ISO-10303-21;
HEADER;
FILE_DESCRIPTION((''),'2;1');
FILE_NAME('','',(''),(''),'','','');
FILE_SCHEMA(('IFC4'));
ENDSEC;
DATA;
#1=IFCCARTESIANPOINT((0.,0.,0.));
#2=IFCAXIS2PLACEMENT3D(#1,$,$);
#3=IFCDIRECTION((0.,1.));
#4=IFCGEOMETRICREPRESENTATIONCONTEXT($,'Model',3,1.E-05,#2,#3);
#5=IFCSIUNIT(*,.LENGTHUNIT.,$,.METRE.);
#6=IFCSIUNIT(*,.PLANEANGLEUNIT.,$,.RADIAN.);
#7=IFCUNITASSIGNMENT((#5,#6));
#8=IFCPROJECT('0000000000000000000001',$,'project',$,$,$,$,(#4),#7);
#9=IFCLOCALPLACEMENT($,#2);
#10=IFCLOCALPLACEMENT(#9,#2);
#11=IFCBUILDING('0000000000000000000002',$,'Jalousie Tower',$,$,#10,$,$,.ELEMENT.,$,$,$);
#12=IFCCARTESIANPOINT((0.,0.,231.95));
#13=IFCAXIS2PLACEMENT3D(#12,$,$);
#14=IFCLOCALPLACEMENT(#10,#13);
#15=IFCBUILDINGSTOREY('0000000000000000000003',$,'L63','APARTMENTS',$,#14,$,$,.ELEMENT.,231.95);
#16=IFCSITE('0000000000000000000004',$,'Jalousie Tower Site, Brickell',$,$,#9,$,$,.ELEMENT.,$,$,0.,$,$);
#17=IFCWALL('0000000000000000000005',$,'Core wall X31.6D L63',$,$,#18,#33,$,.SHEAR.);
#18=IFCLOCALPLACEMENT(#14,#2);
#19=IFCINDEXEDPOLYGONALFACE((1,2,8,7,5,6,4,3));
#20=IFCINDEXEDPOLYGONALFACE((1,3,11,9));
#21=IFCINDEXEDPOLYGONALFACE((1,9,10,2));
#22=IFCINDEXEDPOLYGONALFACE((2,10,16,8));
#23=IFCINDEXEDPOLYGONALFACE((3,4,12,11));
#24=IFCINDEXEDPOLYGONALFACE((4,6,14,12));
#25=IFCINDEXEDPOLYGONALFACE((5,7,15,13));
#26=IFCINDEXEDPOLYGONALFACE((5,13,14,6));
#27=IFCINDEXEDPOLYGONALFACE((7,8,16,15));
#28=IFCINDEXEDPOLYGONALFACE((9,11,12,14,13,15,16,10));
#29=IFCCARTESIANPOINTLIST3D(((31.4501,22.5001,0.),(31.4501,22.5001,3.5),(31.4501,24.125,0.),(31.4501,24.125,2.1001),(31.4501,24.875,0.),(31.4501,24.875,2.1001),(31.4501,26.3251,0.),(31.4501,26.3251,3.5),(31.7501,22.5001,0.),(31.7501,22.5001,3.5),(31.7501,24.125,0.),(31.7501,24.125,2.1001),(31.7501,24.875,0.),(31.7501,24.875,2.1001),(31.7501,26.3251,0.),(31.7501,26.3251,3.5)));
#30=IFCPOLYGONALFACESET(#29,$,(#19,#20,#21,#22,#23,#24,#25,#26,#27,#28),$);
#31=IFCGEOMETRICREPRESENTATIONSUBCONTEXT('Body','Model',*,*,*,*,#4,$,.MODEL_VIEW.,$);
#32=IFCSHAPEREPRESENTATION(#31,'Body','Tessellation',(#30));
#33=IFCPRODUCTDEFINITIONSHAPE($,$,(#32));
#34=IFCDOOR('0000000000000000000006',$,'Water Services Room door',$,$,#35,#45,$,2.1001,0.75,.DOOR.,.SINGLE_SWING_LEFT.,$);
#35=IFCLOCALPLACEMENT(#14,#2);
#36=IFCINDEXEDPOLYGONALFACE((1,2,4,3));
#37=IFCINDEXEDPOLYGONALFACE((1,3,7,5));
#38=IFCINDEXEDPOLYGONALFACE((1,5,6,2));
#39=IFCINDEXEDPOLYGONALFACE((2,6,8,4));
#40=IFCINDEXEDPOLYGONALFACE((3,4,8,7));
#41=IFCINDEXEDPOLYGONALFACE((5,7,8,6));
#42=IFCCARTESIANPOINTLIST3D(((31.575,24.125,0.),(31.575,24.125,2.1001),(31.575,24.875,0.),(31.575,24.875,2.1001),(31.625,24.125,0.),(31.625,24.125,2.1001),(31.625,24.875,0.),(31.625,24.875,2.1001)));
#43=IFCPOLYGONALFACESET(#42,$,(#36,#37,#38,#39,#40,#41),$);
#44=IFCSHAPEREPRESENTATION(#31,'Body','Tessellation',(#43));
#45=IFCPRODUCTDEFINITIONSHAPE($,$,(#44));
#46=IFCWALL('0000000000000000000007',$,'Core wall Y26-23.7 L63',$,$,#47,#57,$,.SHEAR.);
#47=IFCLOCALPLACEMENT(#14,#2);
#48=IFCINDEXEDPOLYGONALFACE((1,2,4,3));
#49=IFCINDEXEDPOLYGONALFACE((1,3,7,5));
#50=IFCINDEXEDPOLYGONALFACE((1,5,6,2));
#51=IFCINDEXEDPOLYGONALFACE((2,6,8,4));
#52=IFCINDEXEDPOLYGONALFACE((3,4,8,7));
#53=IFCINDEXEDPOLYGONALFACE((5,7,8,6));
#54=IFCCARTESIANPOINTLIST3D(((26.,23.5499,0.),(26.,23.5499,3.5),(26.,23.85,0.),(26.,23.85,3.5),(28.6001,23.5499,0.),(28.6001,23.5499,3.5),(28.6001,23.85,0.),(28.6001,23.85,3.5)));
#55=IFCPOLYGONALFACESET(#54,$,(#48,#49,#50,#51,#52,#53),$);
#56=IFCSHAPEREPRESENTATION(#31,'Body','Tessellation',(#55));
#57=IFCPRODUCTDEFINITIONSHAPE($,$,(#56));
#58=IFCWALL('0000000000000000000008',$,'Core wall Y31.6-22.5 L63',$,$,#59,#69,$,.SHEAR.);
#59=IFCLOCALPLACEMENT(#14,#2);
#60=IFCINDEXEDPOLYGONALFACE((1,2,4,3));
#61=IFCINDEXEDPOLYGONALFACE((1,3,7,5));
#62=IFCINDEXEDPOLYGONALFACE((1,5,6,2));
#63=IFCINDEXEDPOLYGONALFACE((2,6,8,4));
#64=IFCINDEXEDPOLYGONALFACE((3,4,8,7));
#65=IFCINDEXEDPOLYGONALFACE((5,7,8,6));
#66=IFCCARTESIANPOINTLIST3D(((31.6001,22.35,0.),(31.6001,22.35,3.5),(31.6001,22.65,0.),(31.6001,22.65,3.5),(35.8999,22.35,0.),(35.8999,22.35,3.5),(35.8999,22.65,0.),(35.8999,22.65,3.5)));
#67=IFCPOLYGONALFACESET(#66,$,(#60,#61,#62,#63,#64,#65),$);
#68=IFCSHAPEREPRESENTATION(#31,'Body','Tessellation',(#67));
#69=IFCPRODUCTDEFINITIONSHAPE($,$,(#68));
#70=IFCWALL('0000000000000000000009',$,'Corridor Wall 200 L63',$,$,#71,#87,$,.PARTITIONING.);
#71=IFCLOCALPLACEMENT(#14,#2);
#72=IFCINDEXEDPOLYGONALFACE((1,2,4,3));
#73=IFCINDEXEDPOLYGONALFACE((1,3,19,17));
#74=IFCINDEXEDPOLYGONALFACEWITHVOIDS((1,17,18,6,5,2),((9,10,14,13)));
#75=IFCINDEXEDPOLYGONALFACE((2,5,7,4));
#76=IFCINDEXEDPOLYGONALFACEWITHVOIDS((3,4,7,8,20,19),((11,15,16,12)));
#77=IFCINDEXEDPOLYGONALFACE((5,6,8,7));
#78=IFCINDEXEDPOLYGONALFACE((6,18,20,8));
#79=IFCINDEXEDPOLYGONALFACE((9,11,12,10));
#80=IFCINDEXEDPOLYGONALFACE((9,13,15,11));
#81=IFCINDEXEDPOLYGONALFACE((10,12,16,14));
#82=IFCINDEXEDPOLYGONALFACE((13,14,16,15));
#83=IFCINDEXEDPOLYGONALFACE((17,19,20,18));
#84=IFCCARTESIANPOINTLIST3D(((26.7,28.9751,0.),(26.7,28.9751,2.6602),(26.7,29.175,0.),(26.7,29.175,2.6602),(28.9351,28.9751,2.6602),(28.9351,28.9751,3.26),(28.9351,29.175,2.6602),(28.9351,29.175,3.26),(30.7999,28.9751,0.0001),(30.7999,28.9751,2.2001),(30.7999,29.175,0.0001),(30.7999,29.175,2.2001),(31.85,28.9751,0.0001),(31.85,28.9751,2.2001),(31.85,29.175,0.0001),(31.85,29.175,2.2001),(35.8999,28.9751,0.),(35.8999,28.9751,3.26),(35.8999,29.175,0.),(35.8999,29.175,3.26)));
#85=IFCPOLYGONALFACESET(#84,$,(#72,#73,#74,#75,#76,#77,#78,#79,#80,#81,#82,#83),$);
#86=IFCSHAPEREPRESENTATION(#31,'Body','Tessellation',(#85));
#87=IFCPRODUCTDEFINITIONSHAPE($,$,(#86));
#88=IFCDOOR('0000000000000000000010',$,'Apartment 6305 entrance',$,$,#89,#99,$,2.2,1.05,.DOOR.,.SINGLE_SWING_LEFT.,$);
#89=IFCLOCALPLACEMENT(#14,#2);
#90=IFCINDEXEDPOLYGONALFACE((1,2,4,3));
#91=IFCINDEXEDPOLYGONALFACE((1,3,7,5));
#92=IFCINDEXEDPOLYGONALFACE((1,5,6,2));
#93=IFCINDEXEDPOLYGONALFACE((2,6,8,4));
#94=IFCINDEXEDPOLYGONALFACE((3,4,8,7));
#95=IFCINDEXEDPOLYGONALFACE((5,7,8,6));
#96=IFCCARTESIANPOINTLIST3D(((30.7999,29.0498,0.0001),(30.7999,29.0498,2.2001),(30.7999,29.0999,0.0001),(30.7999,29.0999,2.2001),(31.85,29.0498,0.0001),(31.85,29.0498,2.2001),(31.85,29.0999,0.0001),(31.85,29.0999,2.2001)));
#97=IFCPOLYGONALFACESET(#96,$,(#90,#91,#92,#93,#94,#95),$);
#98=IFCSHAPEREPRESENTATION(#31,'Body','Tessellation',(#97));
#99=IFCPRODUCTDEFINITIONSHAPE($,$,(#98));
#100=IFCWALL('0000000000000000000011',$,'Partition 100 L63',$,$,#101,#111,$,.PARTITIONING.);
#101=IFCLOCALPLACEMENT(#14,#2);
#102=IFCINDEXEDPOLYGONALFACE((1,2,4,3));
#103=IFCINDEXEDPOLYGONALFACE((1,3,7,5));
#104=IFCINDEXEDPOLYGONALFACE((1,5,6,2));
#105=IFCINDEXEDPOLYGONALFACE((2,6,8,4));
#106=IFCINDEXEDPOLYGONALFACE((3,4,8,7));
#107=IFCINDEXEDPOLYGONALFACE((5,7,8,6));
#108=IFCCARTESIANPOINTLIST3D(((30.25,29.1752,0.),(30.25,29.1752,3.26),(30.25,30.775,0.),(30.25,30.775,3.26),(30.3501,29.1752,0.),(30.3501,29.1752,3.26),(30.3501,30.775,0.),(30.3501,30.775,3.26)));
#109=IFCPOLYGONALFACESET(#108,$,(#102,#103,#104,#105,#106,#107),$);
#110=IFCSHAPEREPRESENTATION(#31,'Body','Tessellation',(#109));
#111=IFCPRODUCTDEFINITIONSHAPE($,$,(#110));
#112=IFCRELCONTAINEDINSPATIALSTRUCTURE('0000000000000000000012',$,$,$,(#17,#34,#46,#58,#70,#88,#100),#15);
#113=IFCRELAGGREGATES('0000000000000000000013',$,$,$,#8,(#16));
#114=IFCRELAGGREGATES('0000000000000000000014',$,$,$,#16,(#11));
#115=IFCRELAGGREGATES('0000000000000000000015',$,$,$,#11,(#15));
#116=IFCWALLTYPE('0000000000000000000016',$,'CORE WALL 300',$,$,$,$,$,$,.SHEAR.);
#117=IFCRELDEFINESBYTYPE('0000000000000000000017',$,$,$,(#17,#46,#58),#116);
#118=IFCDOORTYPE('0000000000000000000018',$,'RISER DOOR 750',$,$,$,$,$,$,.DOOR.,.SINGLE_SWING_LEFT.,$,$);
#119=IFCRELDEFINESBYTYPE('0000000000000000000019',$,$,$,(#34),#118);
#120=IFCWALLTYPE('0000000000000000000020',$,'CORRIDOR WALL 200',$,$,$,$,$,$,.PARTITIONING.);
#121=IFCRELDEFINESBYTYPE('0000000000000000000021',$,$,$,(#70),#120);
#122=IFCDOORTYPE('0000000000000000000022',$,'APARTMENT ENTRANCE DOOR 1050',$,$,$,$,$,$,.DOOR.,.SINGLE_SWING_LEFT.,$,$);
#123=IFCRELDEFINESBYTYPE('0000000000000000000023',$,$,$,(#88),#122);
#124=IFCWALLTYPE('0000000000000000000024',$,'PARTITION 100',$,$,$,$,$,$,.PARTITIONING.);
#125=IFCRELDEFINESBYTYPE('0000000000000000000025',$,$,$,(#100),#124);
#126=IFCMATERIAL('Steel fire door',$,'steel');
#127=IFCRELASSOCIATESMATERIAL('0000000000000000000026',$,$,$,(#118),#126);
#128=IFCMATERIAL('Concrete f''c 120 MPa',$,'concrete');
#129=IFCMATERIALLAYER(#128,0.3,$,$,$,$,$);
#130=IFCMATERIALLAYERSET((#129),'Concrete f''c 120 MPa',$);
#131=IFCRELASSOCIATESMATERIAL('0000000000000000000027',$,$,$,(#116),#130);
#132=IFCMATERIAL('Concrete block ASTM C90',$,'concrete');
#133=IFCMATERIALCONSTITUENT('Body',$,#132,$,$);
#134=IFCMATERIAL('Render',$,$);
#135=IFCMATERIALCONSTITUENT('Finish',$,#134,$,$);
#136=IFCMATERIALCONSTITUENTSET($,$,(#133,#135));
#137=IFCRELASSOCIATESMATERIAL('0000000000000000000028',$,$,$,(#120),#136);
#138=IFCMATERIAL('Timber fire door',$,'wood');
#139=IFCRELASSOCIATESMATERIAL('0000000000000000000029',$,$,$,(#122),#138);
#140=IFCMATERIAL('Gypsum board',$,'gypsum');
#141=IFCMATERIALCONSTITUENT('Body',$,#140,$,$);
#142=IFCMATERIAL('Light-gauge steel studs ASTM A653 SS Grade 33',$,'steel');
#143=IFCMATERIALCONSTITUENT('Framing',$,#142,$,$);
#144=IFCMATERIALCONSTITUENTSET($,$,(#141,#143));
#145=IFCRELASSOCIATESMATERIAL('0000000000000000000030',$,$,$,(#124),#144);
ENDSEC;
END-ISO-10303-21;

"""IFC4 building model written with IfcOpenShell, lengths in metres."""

from ifc_helpers import new_model, si_unit, direction, frame, frame_2d, origin, place, context, subcontext, project, spatial, polyline, rectangle, outline, extrude, material, layer, layer_set, constituent, constituent_set, type_object, element, fill, save


model = new_model("IFC4")

# Units and contexts
model_context = context("Model", 3, precision=1e-05, world=origin(), true_north=direction((0.0, 1.0)))
body_context = subcontext(model_context, "Body", "Model", "MODEL_VIEW")
ifc_project = project(units=[si_unit("LENGTHUNIT", "METRE"), si_unit("PLANEANGLEUNIT", "RADIAN")], contexts=[model_context])

# Site, building, storey
site_placement = place(None, origin())
site = spatial("IfcSite", under=ifc_project, at=site_placement, Name="Jalousie Tower Site, Brickell", CompositionType="ELEMENT", RefElevation=0.0)
building_placement = place(site_placement, origin())
building = spatial("IfcBuilding", under=site, at=building_placement, Name="Jalousie Tower", CompositionType="ELEMENT")
storey_placement = place(building_placement, frame((0.0, 0.0, 231.95)))
storey = spatial("IfcBuildingStorey", under=building, at=storey_placement, Name="L63", Description="APARTMENTS", CompositionType="ELEMENT", Elevation=231.95)

# Shared definitions
ifc_material_1 = material(Name="Steel fire door", Category="steel")
door_type_1 = type_object("IfcDoorType", Name="RISER DOOR 750", OperationType="SINGLE_SWING_LEFT", PredefinedType="DOOR", material=ifc_material_1)

# Shared definitions
ifc_material_2 = material(Name="Concrete f'c 120 MPa", Category="concrete")
ifc_layer_1 = layer(ifc_material_2, 0.3)
ifc_layer_set_1 = layer_set([ifc_layer_1], Name="Concrete f'c 120 MPa")
wall_type_1 = type_object("IfcWallType", Name="CORE WALL 300", PredefinedType="SHEAR", material=ifc_layer_set_1)

# Wall, opening, door
wall_1_placement = place(storey_placement, frame((31.6001, 22.5, 0.0), z_axis=(0.0, 0.0, 1.0), x_axis=(0.0, 1.0, 0.0)))
wall_1 = element("IfcWall", 1, at=wall_1_placement, inside=storey, type_object=wall_type_1, Name="Core wall X31.6D L63", PredefinedType="SHEAR", context=body_context, shape_type="SweptSolid", body=[
    extrude(rectangle(XDim=3.825, YDim=0.3, at=frame_2d((1.9126, 0.0))), origin(), (0.0, 0.0, 1.0), 3.5),
])
opening_1_placement = place(wall_1_placement, frame((1.625, 0.0, 0.0)))
opening_1 = element("IfcOpeningElement", 2, at=opening_1_placement, cuts=wall_1, PredefinedType="OPENING", context=body_context, shape_type="SweptSolid", body=[
    extrude(rectangle(XDim=0.75, YDim=2.1001, at=frame_2d((0.375, 1.05))), frame((0.0, 0.1599, 0.0), z_axis=(0.0, -1.0, 0.0), x_axis=(1.0, 0.0, 0.0)), (0.0, 0.0, 1.0), 0.3201),
])
door_1_placement = place(opening_1_placement, frame((0.75, 0.0, 0.0), z_axis=(0.0, 0.0, 1.0), x_axis=(-1.0, 0.0, 0.0)))
door_1 = element("IfcDoor", 3, at=door_1_placement, inside=storey, type_object=door_type_1, Name="Water Services Room door", OperationType="SINGLE_SWING_LEFT", OverallHeight=2.1001, OverallWidth=0.75, PredefinedType="DOOR", context=body_context, shape_type="SweptSolid", body=[
    extrude(rectangle(XDim=0.75, YDim=2.1001, at=frame_2d((0.375, 1.05))), frame((0.0, 0.0249, 0.0), z_axis=(0.0, -1.0, 0.0), x_axis=(1.0, 0.0, 0.0)), (0.0, 0.0, 1.0), 0.05),
])
fill(opening_1, door_1)

# Walls
wall_2_placement = place(storey_placement, frame((26.0, 23.7, 0.0), z_axis=(0.0, 0.0, 1.0), x_axis=(1.0, 0.0, 0.0)))
element("IfcWall", 4, at=wall_2_placement, inside=storey, type_object=wall_type_1, Name="Core wall Y26-23.7 L63", PredefinedType="SHEAR", context=body_context, shape_type="SweptSolid", body=[
    extrude(rectangle(XDim=2.6001, YDim=0.3, at=frame_2d((1.3, 0.0))), origin(), (0.0, 0.0, 1.0), 3.5),
])
wall_3_placement = place(storey_placement, frame((31.6001, 22.5, 0.0), z_axis=(0.0, 0.0, 1.0), x_axis=(1.0, 0.0, 0.0)))
element("IfcWall", 5, at=wall_3_placement, inside=storey, type_object=wall_type_1, Name="Core wall Y31.6-22.5 L63", PredefinedType="SHEAR", context=body_context, shape_type="SweptSolid", body=[
    extrude(rectangle(XDim=4.2998, YDim=0.3, at=frame_2d((2.1499, 0.0))), origin(), (0.0, 0.0, 1.0), 3.5),
])

# Wall, opening, door
ifc_material_3 = material(Name="Concrete block ASTM C90", Category="concrete")
ifc_constituent_1 = constituent(ifc_material_3, Name="Body")
ifc_material_4 = material(Name="Render")
ifc_constituent_2 = constituent(ifc_material_4, Name="Finish")
ifc_constituent_set_1 = constituent_set(constituents=[ifc_constituent_1, ifc_constituent_2])
wall_type_2 = type_object("IfcWallType", Name="CORRIDOR WALL 200", PredefinedType="PARTITIONING", material=ifc_constituent_set_1)
wall_4_placement = place(storey_placement, frame((26.7, 29.075, 0.0), z_axis=(0.0, 0.0, 1.0), x_axis=(1.0, 0.0, 0.0)))
wall_4 = element("IfcWall", 6, at=wall_4_placement, inside=storey, type_object=wall_type_2, Name="Corridor Wall 200 L63", PredefinedType="PARTITIONING", context=body_context, shape_type="SweptSolid", body=[
    extrude(outline(polyline([(0.0, 0.0), (9.2, 0.0), (9.2, 3.26), (2.2351, 3.26), (2.2351, 2.6602), (0.0, 2.6602), (0.0, 3.26), (0.0, 0.0)])), frame((0.0, 0.1001, 0.0), z_axis=(0.0, -1.0, 0.0), x_axis=(1.0, 0.0, 0.0)), (0.0, 0.0, 1.0), 0.2),
])
opening_2_placement = place(wall_4_placement, frame((4.1001, 0.0, 0.0)))
opening_2 = element("IfcOpeningElement", 7, at=opening_2_placement, cuts=wall_4, PredefinedType="OPENING", context=body_context, shape_type="SweptSolid", body=[
    extrude(rectangle(XDim=1.05, YDim=2.2, at=frame_2d((0.5249, 1.1001))), frame((0.0, 0.1099, 0.0), z_axis=(0.0, -1.0, 0.0), x_axis=(1.0, 0.0, 0.0)), (0.0, 0.0, 1.0), 0.22),
])
ifc_material_5 = material(Name="Timber fire door", Category="wood")
door_type_2 = type_object("IfcDoorType", Name="APARTMENT ENTRANCE DOOR 1050", OperationType="SINGLE_SWING_LEFT", PredefinedType="DOOR", material=ifc_material_5)
door_2_placement = place(opening_2_placement, origin())
door_2 = element("IfcDoor", 8, at=door_2_placement, inside=storey, type_object=door_type_2, Name="Apartment 6305 entrance", OperationType="SINGLE_SWING_LEFT", OverallHeight=2.2, OverallWidth=1.05, PredefinedType="DOOR", context=body_context, shape_type="SweptSolid", body=[
    extrude(rectangle(XDim=1.05, YDim=2.2, at=frame_2d((0.5249, 1.1001))), frame((0.0, 0.0249, 0.0), z_axis=(0.0, -1.0, 0.0), x_axis=(1.0, 0.0, 0.0)), (0.0, 0.0, 1.0), 0.05),
])
fill(opening_2, door_2)

# Wall
ifc_material_6 = material(Name="Gypsum board", Category="gypsum")
ifc_constituent_3 = constituent(ifc_material_6, Name="Body")
ifc_material_7 = material(Name="Light-gauge steel studs ASTM A653 SS Grade 33", Category="steel")
ifc_constituent_4 = constituent(ifc_material_7, Name="Framing")
ifc_constituent_set_2 = constituent_set(constituents=[ifc_constituent_3, ifc_constituent_4])
wall_type_3 = type_object("IfcWallType", Name="PARTITION 100", PredefinedType="PARTITIONING", material=ifc_constituent_set_2)
wall_5_placement = place(storey_placement, frame((30.3, 30.7749, 0.0), z_axis=(0.0, 0.0, 1.0), x_axis=(0.0, -1.0, 0.0)))
element("IfcWall", 9, at=wall_5_placement, inside=storey, type_object=wall_type_3, Name="Partition 100 L63", PredefinedType="PARTITIONING", context=body_context, shape_type="SweptSolid", body=[
    extrude(rectangle(XDim=1.5999, YDim=0.1001, at=frame_2d((0.7998, 0.0))), origin(), (0.0, 0.0, 1.0), 3.26),
])

save(model, "model.ifc")
